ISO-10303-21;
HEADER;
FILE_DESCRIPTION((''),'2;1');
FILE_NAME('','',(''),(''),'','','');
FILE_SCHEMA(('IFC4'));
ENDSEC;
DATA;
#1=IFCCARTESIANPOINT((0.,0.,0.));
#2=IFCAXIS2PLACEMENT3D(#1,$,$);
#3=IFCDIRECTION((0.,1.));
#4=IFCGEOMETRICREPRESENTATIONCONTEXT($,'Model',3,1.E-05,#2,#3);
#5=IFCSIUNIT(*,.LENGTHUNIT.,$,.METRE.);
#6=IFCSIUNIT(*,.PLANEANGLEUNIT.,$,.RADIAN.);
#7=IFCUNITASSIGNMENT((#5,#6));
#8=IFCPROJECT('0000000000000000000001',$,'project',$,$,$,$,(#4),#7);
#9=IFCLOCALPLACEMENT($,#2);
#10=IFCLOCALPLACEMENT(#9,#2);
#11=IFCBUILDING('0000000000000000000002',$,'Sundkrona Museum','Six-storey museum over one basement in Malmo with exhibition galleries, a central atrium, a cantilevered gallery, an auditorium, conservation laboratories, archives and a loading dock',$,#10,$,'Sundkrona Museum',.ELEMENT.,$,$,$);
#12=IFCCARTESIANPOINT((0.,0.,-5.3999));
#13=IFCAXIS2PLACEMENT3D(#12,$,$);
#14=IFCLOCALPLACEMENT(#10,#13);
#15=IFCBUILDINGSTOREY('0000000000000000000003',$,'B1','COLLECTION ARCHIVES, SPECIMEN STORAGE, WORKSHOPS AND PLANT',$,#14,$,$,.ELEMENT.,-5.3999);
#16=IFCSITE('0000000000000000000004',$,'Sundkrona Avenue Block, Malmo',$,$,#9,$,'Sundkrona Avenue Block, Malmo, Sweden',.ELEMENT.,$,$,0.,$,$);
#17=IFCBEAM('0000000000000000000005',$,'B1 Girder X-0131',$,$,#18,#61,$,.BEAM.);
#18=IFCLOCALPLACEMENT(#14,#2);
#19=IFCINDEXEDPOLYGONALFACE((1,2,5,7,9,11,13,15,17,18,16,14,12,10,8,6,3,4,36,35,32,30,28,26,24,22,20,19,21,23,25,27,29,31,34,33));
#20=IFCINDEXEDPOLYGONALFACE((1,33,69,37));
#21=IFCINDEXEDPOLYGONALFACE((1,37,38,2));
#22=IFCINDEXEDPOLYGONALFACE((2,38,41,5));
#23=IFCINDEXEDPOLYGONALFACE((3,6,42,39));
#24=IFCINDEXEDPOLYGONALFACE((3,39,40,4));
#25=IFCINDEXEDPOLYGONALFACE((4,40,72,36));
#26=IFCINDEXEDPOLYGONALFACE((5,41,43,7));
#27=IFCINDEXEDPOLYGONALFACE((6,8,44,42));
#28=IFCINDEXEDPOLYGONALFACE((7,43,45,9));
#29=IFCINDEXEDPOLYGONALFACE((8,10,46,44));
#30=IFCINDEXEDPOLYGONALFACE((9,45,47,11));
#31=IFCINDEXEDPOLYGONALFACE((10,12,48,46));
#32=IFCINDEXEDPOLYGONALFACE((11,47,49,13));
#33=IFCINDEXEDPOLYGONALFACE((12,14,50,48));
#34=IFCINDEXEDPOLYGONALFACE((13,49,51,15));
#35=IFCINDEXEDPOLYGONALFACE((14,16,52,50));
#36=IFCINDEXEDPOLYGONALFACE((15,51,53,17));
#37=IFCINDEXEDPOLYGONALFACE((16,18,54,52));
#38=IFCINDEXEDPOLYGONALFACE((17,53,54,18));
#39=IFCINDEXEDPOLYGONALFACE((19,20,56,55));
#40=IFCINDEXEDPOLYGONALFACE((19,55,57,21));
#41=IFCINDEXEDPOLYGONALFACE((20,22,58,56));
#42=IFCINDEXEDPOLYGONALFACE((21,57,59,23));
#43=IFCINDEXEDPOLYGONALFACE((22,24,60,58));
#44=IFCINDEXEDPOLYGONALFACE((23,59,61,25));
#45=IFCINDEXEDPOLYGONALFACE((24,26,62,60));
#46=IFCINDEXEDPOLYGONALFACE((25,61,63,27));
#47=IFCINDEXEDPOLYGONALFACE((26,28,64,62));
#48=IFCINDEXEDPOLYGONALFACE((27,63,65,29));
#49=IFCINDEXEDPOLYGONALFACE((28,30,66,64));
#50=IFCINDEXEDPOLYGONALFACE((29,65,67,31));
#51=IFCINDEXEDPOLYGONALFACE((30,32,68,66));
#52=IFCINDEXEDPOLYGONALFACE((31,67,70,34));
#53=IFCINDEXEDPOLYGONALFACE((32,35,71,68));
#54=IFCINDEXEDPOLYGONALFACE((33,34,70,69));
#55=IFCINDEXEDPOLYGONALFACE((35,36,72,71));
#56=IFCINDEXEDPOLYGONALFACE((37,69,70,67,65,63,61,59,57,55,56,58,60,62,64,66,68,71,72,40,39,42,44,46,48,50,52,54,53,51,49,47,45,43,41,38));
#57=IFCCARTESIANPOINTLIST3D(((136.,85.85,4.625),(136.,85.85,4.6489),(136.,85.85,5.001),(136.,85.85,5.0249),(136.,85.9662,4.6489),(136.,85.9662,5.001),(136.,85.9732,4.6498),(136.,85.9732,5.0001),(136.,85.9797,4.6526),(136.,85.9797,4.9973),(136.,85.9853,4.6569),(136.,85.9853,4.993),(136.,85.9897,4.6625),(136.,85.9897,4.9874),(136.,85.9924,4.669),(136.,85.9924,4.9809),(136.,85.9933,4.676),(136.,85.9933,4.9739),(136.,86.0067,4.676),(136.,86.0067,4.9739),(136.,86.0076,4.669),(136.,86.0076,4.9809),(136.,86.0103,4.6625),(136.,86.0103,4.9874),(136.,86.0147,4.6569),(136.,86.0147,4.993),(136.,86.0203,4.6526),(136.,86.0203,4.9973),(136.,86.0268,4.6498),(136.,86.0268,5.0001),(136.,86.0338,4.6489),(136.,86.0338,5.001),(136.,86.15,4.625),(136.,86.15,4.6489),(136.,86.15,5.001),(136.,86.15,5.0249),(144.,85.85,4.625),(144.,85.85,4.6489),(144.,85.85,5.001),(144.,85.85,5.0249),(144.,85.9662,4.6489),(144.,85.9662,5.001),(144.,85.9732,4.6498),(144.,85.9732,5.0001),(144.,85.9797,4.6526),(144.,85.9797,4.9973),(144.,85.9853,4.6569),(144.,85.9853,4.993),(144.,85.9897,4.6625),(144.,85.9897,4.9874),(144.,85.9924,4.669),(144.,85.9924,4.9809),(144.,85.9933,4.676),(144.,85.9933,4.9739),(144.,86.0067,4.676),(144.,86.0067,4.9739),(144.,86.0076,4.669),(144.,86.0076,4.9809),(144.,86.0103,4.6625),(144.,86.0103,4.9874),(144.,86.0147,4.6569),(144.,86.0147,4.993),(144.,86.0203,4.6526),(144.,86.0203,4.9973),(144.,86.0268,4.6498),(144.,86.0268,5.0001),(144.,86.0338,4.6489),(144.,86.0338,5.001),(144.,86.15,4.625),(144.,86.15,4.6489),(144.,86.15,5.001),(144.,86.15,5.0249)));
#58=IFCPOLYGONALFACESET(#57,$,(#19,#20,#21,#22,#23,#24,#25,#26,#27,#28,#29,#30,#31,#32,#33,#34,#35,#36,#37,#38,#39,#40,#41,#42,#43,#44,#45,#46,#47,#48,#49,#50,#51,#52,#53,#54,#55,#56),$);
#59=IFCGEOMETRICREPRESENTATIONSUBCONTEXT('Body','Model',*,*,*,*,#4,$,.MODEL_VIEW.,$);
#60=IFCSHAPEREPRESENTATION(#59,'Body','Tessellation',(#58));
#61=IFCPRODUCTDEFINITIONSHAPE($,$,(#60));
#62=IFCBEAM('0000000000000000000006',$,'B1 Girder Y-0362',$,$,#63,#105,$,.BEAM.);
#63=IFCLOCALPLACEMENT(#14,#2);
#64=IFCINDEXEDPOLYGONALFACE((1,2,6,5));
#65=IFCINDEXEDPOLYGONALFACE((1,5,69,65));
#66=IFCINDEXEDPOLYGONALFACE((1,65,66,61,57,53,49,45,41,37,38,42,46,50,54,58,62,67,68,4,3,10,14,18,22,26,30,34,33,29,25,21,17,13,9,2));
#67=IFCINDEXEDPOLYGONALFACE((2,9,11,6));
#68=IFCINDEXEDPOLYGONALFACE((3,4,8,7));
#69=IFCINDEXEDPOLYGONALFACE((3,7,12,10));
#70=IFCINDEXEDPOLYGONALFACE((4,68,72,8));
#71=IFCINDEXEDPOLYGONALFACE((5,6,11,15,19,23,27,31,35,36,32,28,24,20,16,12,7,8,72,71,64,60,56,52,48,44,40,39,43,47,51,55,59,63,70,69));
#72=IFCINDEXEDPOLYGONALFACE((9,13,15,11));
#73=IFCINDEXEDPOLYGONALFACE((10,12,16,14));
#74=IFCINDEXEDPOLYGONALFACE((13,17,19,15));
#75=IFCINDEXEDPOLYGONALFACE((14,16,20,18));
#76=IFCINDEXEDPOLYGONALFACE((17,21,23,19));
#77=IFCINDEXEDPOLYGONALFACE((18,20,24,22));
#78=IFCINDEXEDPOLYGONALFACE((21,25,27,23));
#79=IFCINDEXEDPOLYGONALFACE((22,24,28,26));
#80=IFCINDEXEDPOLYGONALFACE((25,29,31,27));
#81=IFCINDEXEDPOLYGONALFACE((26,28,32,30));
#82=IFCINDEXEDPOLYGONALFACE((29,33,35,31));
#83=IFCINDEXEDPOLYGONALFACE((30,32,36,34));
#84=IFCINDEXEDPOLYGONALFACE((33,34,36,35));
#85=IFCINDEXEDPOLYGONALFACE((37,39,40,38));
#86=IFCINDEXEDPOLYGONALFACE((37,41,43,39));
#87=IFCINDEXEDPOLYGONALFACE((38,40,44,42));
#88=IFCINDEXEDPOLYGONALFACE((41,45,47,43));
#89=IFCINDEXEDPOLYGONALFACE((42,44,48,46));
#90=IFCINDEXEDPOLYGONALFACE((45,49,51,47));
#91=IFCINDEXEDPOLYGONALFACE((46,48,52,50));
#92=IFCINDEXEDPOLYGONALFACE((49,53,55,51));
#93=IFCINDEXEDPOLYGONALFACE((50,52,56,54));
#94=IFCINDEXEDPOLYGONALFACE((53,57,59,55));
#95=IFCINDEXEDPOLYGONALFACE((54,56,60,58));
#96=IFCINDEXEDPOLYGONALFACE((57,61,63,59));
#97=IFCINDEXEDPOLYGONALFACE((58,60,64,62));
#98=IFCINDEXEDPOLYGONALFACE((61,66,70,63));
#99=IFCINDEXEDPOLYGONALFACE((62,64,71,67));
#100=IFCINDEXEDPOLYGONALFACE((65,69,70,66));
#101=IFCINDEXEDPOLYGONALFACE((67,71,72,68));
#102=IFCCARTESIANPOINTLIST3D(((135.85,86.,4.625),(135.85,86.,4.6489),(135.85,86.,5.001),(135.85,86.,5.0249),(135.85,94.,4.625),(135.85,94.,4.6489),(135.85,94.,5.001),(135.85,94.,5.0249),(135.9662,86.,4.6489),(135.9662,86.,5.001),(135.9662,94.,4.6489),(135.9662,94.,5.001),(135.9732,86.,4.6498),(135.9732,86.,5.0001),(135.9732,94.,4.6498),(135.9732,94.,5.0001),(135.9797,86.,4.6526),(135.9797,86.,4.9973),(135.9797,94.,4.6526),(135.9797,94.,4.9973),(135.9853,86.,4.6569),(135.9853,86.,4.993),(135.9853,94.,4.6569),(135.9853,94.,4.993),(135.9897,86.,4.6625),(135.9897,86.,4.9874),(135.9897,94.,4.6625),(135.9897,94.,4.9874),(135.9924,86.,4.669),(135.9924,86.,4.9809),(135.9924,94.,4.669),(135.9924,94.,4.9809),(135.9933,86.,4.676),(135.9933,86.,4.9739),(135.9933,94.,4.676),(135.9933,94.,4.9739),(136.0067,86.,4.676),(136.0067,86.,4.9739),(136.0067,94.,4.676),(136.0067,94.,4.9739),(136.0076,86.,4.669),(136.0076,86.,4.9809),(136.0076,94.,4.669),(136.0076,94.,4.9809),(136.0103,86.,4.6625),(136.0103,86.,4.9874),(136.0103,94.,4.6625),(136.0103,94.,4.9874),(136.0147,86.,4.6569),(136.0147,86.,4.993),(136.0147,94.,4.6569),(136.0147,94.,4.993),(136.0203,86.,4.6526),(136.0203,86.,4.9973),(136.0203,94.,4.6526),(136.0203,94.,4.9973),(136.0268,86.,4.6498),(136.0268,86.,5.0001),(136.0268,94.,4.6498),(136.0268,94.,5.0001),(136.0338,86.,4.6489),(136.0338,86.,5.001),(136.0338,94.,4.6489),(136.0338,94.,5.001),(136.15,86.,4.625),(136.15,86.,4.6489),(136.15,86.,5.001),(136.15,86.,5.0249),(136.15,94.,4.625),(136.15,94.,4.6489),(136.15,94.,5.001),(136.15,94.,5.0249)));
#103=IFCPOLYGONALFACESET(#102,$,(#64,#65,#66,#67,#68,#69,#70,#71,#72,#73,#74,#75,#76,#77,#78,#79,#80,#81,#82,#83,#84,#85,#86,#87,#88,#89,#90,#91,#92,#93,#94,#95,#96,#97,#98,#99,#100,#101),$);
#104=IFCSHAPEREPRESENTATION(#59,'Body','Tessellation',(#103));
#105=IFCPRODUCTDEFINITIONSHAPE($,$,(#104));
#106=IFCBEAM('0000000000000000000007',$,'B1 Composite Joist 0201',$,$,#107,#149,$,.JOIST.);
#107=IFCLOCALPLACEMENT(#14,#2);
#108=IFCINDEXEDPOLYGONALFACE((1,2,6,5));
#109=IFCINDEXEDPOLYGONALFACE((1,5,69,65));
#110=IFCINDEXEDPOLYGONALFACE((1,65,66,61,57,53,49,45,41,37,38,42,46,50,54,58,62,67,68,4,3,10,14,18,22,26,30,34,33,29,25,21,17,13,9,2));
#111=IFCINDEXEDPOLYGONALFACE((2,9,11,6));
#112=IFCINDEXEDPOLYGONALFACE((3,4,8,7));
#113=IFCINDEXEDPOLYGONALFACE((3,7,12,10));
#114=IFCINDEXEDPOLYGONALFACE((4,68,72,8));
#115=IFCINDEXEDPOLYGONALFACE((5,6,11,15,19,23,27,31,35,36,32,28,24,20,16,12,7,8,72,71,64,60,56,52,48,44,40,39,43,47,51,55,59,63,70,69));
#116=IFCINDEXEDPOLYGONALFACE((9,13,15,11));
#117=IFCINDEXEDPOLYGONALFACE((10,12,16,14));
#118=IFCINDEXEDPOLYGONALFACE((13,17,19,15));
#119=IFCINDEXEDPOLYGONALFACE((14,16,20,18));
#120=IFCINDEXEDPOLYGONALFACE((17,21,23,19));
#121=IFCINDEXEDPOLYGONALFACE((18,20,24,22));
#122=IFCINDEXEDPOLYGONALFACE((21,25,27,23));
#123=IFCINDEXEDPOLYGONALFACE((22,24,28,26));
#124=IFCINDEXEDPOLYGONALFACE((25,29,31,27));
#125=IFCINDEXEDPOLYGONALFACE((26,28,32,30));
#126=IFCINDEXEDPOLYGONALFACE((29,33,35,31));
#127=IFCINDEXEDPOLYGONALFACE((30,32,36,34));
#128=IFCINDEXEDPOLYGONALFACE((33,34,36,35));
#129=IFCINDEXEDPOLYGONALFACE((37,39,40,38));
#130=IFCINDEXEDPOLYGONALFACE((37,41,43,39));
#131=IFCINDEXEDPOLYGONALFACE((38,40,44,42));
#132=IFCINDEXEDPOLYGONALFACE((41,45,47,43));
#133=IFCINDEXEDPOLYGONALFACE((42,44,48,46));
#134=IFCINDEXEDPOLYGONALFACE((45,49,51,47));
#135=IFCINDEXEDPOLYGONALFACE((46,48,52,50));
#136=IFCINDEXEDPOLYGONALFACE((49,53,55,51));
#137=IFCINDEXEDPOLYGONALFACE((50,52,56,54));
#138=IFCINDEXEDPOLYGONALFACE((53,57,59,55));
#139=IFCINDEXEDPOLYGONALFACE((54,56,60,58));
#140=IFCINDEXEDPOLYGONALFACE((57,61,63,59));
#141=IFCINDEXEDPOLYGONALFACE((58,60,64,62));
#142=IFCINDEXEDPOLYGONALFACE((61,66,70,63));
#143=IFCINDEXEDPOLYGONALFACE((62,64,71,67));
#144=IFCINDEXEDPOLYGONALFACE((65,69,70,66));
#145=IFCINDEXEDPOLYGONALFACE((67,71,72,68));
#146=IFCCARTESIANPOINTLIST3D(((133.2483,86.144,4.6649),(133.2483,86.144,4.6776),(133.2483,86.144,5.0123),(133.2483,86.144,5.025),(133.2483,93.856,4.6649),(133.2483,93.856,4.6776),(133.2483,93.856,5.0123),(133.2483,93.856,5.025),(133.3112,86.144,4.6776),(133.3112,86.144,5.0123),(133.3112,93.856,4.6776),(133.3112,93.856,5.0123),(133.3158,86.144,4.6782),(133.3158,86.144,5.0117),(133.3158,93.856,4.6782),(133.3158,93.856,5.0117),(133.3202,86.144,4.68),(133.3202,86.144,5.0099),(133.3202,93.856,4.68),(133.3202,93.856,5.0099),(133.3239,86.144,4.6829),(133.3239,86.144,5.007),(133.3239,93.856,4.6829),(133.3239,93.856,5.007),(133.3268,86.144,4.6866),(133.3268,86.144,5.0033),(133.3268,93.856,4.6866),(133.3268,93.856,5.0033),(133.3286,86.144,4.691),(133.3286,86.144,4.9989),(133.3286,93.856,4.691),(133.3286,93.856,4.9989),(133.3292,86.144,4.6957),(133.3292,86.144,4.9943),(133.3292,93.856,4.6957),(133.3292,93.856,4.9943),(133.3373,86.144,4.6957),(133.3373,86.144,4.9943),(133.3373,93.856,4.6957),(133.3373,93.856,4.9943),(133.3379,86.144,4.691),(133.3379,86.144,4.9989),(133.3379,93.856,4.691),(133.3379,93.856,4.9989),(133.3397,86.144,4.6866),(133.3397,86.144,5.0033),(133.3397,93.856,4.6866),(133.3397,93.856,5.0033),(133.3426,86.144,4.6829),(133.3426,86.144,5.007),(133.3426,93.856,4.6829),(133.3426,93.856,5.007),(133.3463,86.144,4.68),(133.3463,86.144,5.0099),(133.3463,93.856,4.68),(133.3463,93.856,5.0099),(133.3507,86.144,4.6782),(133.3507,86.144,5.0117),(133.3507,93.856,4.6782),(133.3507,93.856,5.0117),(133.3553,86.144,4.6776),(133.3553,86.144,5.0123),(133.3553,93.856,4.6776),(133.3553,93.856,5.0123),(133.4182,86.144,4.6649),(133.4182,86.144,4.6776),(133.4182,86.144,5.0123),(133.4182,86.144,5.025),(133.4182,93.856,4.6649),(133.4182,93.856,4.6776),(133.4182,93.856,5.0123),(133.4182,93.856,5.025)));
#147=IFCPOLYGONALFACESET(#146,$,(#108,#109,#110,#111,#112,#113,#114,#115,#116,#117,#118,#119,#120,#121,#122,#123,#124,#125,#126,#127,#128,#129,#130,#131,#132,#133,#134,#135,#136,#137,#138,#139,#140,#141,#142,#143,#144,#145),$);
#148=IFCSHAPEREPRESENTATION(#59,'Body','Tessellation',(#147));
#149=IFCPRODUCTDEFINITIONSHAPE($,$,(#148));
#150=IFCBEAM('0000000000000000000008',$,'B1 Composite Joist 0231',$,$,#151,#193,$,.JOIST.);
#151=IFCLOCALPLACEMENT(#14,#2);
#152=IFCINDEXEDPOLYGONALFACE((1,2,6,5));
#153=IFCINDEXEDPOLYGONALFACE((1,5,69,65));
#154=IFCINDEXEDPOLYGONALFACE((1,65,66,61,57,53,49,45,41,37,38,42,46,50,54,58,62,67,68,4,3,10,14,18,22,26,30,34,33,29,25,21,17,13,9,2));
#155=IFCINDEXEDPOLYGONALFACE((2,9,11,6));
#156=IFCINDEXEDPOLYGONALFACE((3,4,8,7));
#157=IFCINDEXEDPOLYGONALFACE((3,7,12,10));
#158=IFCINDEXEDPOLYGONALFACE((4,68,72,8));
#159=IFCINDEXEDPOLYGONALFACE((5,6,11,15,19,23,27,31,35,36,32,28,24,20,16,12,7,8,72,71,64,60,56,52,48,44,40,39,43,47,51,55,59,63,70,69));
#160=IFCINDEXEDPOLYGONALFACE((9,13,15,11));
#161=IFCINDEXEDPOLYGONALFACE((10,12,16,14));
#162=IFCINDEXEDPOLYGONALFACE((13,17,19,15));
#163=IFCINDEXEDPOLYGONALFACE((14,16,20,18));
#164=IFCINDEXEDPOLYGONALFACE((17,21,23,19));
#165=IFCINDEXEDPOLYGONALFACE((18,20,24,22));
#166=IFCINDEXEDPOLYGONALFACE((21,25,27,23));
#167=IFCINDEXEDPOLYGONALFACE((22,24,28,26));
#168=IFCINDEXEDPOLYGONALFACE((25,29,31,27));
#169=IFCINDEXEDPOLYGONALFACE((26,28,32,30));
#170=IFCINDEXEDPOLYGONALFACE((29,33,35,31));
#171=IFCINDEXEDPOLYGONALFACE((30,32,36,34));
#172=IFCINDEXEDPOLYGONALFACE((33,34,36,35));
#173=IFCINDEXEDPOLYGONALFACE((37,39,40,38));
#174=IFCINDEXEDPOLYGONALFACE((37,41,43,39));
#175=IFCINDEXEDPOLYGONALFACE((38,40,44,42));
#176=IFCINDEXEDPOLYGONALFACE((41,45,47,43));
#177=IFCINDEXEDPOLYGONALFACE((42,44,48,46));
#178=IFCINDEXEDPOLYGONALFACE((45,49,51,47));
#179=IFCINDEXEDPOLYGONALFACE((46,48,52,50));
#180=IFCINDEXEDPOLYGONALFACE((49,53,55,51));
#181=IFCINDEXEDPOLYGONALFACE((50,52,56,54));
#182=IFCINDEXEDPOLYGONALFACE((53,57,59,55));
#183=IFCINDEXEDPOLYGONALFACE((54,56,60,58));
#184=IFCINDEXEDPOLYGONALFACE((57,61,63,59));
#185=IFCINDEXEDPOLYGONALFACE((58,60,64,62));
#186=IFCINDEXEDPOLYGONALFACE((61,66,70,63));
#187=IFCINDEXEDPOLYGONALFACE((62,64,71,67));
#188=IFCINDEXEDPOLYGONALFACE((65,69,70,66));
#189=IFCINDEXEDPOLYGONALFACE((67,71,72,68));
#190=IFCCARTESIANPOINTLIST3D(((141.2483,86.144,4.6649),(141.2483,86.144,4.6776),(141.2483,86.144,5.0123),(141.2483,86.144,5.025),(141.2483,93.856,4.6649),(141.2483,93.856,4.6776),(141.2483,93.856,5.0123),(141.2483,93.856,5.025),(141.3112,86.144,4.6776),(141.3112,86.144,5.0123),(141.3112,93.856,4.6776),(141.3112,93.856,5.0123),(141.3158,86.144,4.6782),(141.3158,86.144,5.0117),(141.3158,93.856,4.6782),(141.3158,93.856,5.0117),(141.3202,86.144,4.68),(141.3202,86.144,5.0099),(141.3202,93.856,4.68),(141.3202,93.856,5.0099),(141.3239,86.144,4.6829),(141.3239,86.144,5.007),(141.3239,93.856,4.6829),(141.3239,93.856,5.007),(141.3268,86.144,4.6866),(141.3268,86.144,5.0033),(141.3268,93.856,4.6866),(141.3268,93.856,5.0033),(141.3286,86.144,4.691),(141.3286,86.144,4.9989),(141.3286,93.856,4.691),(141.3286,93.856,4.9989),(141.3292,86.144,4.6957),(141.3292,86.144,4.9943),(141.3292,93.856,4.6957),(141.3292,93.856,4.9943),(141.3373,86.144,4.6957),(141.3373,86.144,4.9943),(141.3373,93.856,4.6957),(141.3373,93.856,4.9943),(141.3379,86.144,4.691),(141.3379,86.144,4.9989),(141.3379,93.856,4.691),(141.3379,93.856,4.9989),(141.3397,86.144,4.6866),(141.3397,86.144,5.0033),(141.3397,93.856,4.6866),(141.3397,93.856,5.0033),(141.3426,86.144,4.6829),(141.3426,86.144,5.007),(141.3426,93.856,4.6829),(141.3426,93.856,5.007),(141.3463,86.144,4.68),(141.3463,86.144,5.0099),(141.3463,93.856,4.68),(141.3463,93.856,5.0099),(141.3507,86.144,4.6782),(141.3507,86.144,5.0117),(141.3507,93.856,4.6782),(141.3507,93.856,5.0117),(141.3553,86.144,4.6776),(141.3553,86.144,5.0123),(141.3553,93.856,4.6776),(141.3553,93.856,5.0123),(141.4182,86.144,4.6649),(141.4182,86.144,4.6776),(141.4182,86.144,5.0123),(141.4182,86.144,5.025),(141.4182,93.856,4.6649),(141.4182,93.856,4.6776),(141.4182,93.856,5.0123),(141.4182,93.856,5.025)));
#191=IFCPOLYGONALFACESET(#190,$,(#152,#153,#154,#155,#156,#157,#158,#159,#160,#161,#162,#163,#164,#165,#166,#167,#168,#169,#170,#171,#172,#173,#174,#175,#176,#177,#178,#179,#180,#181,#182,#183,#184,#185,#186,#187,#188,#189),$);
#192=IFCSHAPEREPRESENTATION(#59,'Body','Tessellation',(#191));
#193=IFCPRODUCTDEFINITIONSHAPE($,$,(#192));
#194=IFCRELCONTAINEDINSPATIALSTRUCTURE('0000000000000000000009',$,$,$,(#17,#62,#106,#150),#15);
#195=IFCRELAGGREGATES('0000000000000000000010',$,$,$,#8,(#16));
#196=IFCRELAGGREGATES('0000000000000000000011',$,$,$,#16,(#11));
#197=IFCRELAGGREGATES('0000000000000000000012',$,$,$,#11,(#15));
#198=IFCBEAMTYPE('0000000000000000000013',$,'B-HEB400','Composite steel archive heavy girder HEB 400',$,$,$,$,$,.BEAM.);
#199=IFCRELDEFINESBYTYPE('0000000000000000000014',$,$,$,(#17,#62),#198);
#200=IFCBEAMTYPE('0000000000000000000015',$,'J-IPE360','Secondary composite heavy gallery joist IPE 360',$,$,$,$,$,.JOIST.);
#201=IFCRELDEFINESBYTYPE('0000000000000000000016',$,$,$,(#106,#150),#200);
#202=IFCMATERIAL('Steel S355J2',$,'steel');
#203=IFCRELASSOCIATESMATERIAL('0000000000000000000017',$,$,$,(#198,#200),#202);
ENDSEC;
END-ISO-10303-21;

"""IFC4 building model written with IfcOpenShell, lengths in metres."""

from ifc_helpers import new_model, si_unit, direction, frame, origin, origin_2d, place, context, subcontext, project, spatial, i_section, extrude, material, material_profile, profile_set, type_object, element, save


model = new_model("IFC4")

# Units and contexts
model_context = context("Model", 3, precision=1e-05, world=origin(), true_north=direction((0.0, 1.0)))
body_context = subcontext(model_context, "Body", "Model", "MODEL_VIEW")
ifc_project = project(units=[si_unit("LENGTHUNIT", "METRE"), si_unit("PLANEANGLEUNIT", "RADIAN")], contexts=[model_context])

# Site, building, storey
site_placement = place(None, origin())
site = spatial("IfcSite", under=ifc_project, at=site_placement, Name="Sundkrona Avenue Block, Malmo", LongName="Sundkrona Avenue Block, Malmo, Sweden", CompositionType="ELEMENT", RefElevation=0.0)
building_placement = place(site_placement, origin())
building = spatial("IfcBuilding", under=site, at=building_placement, Name="Sundkrona Museum", Description="Six-storey museum over one basement in Malmo with exhibition galleries, a central atrium, a cantilevered gallery, an auditorium, conservation laboratories, archives and a loading dock", LongName="Sundkrona Museum", CompositionType="ELEMENT")
storey_placement = place(building_placement, frame((0.0, 0.0, -5.3999)))
storey = spatial("IfcBuildingStorey", under=building, at=storey_placement, Name="B1", Description="COLLECTION ARCHIVES, SPECIMEN STORAGE, WORKSHOPS AND PLANT", CompositionType="ELEMENT", Elevation=-5.3999)

# Beams
ifc_material_1 = material(Name="Steel S355J2", Category="steel")
ifc_material_profile_1 = material_profile(ifc_material_1, i_section(OverallWidth=0.3, OverallDepth=0.3999, WebThickness=0.0134, FlangeThickness=0.0239, FilletRadius=0.0271, at=origin_2d()), Name="HEB 400")
ifc_profile_set_1 = profile_set([ifc_material_profile_1], Name="Steel S355J2")
beam_type_1 = type_object("IfcBeamType", Name="B-HEB400", Description="Composite steel archive heavy girder HEB 400", PredefinedType="BEAM", material=ifc_profile_set_1)
for number, where, z_axis, x_axis, name in (
    (1, (136.0, 86.0, 4.825), (1.0, 0.0, 0.0), (0.0, 1.0, 0.0), "B1 Girder X-0131"),
    (2, (136.0, 86.0, 4.825), (0.0, 1.0, 0.0), (-1.0, 0.0, 0.0), "B1 Girder Y-0362"),
):
    element("IfcBeam", number, at=place(storey_placement, frame(where, z_axis=z_axis, x_axis=x_axis)), inside=storey, type_object=beam_type_1, Name=name, PredefinedType="BEAM", context=body_context, shape_type="SweptSolid", body=[
        extrude(i_section(OverallWidth=0.3, OverallDepth=0.3999, WebThickness=0.0134, FlangeThickness=0.0239, FilletRadius=0.0271, at=origin_2d()), origin(), (0.0, 0.0, 1.0), 8.0),
    ])
ifc_material_profile_2 = material_profile(ifc_material_1, i_section(OverallWidth=0.1699, OverallDepth=0.3601, WebThickness=0.0081, FlangeThickness=0.0127, FilletRadius=0.0181, at=origin_2d()), Name="IPE 360")
ifc_profile_set_2 = profile_set([ifc_material_profile_2], Name="Steel S355J2")
beam_type_2 = type_object("IfcBeamType", Name="J-IPE360", Description="Secondary composite heavy gallery joist IPE 360", PredefinedType="JOIST", material=ifc_profile_set_2)
for number, where, z_axis, x_axis, name in (
    (3, (133.3333, 86.144, 4.845), (0.0, 1.0, 0.0), (-1.0, 0.0, 0.0), "B1 Composite Joist 0201"),
    (4, (141.3333, 86.144, 4.845), (0.0, 1.0, 0.0), (-1.0, 0.0, 0.0), "B1 Composite Joist 0231"),
):
    element("IfcBeam", number, at=place(storey_placement, frame(where, z_axis=z_axis, x_axis=x_axis)), inside=storey, type_object=beam_type_2, Name=name, PredefinedType="JOIST", context=body_context, shape_type="SweptSolid", body=[
        extrude(i_section(OverallWidth=0.1699, OverallDepth=0.3601, WebThickness=0.0081, FlangeThickness=0.0127, FilletRadius=0.0181, at=origin_2d()), origin(), (0.0, 0.0, 1.0), 7.7119),
    ])

save(model, "model.ifc")
